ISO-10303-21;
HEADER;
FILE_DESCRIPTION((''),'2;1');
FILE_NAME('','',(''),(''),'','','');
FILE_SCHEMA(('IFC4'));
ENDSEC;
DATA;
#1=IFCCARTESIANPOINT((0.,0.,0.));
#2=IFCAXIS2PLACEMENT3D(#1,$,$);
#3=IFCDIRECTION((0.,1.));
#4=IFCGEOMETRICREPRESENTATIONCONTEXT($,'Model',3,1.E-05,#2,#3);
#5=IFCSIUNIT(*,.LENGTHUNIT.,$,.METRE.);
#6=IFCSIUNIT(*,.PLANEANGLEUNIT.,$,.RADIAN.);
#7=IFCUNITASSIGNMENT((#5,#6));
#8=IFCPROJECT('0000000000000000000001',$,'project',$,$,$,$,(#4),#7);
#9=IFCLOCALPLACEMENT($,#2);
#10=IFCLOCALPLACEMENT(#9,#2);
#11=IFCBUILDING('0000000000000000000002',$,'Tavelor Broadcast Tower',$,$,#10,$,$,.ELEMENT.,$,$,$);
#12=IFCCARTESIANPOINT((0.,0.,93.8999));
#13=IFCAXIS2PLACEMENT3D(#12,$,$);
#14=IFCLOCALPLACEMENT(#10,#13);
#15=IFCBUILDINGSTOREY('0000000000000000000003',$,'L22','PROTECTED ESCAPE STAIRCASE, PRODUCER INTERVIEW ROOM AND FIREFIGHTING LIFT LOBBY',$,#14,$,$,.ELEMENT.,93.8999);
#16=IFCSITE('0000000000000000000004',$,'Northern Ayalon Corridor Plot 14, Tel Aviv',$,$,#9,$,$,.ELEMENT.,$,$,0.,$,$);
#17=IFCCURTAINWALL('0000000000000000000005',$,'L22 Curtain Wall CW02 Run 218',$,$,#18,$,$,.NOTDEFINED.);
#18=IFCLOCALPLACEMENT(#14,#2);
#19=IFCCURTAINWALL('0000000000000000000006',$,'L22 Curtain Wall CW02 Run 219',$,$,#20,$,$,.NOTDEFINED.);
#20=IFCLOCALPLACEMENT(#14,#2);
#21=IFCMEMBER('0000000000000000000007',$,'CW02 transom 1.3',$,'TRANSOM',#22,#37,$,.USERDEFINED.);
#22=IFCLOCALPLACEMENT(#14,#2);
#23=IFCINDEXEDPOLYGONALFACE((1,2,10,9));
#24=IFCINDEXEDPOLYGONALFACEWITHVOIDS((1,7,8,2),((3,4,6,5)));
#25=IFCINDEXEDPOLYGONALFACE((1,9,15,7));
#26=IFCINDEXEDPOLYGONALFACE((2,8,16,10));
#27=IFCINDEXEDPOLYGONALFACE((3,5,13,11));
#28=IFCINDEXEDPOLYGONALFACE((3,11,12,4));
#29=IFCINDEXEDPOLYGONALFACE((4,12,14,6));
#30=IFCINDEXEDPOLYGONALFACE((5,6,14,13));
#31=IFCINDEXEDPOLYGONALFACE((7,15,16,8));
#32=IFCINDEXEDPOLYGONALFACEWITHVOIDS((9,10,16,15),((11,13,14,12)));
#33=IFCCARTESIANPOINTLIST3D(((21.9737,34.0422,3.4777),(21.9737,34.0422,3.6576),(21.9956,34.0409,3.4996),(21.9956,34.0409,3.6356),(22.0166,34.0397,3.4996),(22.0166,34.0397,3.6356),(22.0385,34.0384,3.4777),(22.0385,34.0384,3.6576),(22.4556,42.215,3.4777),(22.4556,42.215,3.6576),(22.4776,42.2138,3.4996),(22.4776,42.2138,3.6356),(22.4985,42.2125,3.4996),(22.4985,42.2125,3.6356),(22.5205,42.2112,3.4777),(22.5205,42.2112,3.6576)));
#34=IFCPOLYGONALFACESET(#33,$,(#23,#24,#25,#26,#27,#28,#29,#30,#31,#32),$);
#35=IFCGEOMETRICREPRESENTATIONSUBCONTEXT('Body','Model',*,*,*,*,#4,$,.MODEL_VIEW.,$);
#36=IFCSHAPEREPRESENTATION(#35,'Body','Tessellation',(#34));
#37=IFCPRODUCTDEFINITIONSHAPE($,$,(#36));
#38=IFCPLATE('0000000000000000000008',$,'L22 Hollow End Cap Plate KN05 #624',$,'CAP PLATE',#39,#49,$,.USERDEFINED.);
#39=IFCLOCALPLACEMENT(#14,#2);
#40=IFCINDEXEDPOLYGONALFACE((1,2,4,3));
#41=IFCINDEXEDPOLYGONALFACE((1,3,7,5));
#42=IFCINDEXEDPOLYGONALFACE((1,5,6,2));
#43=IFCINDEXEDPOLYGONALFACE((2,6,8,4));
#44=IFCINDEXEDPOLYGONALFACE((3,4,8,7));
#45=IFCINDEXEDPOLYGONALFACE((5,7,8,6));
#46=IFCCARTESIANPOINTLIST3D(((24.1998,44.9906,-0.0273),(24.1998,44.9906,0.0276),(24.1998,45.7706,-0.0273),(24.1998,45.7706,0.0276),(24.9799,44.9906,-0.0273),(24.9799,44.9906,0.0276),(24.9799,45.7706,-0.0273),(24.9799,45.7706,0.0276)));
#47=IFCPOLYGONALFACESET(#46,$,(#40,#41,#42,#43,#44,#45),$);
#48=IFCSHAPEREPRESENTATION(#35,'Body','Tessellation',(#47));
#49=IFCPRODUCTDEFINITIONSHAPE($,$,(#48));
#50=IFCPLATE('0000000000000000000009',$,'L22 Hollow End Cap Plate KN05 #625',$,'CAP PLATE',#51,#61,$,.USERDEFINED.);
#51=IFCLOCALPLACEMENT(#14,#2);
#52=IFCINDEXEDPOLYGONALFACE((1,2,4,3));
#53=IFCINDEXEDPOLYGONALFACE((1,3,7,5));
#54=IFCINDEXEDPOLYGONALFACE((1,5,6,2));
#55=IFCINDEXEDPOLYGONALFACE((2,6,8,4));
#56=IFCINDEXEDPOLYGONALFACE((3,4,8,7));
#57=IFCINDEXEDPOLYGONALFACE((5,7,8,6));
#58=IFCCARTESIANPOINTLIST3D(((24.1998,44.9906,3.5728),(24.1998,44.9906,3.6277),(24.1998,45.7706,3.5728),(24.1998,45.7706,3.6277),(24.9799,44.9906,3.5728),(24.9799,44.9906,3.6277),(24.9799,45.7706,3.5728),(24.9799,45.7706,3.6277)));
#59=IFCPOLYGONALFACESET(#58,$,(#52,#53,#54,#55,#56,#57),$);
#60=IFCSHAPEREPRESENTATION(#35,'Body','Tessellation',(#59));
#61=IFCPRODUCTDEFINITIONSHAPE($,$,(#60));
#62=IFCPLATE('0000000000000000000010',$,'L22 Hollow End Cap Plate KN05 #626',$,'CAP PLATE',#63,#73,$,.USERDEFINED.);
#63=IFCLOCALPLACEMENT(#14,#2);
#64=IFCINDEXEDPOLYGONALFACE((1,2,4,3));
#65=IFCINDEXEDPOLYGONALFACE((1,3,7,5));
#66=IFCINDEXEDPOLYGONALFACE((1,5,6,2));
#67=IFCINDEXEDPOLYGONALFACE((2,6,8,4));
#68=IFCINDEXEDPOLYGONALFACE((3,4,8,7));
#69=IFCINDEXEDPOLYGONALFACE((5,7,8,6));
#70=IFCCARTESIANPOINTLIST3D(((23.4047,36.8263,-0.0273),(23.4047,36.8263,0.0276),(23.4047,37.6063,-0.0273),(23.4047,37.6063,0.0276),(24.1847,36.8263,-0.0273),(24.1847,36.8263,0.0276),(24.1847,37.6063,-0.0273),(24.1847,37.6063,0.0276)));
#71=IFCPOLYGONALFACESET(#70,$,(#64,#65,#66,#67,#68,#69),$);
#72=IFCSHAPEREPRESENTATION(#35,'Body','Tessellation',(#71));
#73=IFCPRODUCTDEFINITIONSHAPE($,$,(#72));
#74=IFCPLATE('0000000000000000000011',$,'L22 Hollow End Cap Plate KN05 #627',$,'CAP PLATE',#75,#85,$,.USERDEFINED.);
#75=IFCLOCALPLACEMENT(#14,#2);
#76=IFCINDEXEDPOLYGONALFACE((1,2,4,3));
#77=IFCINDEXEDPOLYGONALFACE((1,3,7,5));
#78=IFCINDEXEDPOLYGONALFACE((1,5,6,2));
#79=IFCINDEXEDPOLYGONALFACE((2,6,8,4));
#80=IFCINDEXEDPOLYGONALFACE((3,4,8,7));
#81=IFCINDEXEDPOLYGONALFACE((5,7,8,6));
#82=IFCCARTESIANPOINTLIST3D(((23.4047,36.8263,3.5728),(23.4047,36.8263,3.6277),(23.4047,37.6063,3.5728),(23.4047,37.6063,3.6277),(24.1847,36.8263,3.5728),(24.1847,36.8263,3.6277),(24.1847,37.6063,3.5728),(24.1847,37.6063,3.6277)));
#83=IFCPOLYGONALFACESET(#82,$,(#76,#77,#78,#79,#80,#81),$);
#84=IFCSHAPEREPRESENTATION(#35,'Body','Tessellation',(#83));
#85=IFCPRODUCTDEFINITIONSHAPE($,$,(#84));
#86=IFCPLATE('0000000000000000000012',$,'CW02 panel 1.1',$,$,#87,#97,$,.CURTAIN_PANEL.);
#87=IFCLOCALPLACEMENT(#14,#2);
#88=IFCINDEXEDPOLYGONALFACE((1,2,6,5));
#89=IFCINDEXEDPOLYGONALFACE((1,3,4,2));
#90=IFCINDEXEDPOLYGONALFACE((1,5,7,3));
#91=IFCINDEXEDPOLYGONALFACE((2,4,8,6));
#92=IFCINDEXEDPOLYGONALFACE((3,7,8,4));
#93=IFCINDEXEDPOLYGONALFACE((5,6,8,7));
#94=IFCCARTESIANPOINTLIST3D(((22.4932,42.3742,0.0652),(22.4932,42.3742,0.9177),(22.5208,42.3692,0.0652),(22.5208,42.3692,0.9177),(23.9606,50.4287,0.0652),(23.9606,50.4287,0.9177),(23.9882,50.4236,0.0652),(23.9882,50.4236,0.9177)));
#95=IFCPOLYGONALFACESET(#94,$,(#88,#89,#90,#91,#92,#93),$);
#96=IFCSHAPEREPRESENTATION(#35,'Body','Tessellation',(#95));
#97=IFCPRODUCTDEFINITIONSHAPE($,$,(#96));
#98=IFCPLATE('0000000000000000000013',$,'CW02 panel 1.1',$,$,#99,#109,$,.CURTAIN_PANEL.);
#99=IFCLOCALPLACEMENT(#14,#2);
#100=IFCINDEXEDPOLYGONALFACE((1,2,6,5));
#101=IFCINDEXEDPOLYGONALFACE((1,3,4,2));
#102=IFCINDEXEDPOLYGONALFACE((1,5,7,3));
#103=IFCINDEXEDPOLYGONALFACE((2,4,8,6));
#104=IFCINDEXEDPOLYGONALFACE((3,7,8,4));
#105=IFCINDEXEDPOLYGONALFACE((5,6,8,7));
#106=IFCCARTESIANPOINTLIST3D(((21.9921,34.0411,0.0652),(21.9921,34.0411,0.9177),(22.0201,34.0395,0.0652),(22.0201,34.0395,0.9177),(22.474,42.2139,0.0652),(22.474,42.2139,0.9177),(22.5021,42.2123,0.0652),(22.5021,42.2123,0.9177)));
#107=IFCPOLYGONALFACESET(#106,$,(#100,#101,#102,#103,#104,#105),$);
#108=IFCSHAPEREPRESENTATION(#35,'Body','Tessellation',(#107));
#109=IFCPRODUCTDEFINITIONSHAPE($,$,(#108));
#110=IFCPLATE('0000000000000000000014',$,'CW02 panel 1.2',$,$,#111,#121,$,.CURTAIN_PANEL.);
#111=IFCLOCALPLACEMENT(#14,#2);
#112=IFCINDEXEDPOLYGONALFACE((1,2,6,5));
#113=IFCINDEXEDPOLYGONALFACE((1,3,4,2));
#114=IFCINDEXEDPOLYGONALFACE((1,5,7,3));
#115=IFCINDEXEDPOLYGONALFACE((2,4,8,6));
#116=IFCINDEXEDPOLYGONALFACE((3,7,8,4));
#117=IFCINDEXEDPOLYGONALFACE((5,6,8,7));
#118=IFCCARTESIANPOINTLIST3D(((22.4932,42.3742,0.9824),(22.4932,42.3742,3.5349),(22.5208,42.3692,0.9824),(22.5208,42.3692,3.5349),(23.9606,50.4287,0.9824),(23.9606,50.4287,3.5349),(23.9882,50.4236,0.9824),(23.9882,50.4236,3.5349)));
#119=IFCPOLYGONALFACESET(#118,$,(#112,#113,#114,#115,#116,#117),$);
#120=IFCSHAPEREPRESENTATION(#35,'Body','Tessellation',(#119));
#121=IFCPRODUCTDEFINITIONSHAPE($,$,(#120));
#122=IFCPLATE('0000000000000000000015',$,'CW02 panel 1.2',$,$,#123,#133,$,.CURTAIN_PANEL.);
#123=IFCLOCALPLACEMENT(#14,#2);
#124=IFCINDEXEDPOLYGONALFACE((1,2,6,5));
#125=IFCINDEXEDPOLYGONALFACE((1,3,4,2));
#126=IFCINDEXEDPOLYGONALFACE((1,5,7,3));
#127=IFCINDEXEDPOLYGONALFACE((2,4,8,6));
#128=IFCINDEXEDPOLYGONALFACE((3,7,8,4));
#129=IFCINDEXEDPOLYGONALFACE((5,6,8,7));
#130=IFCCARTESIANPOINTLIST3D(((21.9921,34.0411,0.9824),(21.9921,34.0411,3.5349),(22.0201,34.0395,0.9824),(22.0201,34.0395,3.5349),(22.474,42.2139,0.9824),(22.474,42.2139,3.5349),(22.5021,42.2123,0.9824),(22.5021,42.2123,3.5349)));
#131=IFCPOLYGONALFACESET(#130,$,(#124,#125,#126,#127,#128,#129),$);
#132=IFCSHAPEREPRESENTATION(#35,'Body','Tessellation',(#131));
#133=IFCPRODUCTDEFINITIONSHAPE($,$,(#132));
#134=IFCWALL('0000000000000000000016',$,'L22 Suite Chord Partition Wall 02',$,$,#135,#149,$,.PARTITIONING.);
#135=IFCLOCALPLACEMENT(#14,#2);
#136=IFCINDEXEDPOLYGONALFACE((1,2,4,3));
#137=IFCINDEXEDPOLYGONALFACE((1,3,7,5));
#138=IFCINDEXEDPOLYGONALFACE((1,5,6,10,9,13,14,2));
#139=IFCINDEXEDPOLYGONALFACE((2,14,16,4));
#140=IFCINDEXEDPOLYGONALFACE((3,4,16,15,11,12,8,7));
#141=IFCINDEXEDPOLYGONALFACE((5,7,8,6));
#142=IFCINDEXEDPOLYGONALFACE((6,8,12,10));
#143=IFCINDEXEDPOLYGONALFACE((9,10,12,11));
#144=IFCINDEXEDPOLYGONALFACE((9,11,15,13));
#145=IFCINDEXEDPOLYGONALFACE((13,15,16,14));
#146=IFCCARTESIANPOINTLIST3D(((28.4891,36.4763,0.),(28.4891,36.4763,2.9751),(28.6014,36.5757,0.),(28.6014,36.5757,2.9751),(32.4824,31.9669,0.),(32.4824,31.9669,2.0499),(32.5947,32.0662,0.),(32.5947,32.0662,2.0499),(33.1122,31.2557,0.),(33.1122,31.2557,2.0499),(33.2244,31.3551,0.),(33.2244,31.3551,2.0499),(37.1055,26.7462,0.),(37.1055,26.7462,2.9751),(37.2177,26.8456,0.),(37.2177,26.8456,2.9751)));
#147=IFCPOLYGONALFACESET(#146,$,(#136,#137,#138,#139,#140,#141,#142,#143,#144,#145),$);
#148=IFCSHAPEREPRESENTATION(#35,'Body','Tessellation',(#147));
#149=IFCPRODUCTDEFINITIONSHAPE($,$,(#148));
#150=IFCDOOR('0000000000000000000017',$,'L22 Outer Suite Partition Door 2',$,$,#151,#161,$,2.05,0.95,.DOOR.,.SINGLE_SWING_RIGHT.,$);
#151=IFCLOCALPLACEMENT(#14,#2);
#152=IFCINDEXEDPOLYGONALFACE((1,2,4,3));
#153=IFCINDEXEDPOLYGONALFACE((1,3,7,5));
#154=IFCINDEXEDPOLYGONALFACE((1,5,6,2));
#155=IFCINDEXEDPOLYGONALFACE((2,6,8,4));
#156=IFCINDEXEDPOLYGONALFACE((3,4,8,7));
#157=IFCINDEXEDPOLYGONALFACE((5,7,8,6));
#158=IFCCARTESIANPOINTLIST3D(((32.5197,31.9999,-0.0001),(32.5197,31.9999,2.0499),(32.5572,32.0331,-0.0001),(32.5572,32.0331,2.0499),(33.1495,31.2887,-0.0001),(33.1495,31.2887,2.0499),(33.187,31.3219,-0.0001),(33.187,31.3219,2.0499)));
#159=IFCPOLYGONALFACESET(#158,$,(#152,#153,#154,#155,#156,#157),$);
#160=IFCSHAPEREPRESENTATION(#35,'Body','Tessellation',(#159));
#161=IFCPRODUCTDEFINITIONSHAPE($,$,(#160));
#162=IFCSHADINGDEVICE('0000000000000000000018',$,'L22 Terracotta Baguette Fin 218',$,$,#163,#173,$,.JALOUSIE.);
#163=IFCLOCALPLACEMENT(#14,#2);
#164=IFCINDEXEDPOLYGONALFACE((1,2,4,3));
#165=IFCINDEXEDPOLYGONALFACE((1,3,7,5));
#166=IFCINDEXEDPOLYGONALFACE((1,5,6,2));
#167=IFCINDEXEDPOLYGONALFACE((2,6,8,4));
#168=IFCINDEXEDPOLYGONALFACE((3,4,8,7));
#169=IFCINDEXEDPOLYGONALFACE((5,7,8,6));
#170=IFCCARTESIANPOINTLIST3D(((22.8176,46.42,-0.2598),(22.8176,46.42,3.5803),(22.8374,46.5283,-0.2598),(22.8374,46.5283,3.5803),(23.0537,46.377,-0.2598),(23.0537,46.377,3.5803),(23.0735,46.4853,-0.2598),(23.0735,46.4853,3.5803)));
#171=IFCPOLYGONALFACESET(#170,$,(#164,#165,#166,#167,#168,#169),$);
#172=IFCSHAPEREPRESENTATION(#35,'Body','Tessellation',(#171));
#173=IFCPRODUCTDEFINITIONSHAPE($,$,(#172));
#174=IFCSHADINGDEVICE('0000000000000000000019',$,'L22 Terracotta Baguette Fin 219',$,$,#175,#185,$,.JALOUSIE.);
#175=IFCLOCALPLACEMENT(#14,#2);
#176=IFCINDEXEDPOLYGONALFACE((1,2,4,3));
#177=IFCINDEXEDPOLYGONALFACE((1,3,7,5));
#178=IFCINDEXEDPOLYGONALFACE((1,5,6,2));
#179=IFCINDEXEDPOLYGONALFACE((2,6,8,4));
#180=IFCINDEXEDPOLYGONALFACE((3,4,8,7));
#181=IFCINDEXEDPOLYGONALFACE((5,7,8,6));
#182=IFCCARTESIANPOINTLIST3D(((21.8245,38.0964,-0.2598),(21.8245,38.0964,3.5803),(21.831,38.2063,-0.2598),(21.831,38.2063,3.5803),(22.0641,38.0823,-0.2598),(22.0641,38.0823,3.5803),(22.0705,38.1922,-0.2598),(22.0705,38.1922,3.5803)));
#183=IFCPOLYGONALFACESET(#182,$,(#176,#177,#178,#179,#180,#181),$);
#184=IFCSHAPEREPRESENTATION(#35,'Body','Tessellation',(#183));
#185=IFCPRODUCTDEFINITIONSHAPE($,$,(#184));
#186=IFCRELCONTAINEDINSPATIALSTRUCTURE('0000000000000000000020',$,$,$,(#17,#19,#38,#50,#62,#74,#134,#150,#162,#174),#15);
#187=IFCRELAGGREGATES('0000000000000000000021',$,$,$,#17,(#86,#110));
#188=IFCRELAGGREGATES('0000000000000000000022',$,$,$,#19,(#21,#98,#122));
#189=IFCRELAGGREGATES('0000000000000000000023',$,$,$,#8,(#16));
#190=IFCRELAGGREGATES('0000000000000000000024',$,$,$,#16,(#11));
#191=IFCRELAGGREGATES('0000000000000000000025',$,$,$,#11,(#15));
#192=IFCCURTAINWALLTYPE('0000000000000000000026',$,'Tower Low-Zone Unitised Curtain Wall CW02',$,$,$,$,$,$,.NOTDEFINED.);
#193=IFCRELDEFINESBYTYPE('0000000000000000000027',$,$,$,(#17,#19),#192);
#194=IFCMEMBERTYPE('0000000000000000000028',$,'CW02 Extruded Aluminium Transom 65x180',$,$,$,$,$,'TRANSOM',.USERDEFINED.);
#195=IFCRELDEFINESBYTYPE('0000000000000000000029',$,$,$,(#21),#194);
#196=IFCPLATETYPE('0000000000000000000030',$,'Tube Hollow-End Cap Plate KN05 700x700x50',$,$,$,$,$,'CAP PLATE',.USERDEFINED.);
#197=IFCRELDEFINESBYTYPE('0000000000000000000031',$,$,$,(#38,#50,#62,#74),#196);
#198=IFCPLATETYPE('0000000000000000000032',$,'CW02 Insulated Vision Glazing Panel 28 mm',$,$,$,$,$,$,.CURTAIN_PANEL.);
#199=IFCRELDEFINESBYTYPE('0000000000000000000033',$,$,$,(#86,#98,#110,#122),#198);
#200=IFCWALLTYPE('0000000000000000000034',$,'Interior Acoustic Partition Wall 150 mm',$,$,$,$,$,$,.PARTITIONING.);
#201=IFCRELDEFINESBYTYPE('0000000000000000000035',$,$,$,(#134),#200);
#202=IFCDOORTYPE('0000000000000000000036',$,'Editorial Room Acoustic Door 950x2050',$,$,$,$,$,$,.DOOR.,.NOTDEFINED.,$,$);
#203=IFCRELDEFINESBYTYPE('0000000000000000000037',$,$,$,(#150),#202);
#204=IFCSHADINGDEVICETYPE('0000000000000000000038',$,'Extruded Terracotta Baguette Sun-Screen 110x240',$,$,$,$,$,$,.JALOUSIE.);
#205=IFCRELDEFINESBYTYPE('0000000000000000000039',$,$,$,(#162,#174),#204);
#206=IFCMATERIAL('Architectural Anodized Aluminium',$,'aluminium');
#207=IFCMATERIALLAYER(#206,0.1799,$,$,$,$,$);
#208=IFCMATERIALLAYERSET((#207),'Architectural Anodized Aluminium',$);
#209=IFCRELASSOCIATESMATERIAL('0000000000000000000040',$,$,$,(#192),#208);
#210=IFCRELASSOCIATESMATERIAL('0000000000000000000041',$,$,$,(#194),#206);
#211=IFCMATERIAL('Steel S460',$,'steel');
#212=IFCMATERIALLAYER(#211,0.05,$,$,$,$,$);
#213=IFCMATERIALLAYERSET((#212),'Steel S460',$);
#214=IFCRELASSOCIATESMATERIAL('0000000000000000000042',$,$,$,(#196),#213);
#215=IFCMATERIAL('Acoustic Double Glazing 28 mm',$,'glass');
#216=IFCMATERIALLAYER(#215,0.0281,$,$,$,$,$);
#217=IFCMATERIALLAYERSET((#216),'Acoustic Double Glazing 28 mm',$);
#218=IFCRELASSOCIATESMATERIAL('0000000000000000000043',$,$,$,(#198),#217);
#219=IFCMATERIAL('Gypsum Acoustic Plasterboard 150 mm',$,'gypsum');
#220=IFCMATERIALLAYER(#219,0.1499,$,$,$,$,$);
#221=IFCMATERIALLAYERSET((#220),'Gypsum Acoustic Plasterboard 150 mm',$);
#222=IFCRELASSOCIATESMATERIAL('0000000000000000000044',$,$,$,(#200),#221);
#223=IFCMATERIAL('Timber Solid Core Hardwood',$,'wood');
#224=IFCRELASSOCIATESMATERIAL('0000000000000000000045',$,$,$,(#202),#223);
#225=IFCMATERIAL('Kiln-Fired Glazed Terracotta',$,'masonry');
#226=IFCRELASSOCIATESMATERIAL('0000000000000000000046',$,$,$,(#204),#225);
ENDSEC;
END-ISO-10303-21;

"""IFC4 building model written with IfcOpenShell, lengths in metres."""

from ifc_helpers import new_model, si_unit, direction, frame, frame_2d, origin, origin_2d, place, context, subcontext, project, spatial, rectangle, hollow_rectangle, extrude, source, transform, mapped, material, layer, layer_set, material_profile, profile_set, type_object, type_shapes, element, fill, aggregate, save


model = new_model("IFC4")

# Units and contexts
model_context = context("Model", 3, precision=1e-05, world=origin(), true_north=direction((0.0, 1.0)))
body_context = subcontext(model_context, "Body", "Model", "MODEL_VIEW")
ifc_project = project(units=[si_unit("LENGTHUNIT", "METRE"), si_unit("PLANEANGLEUNIT", "RADIAN")], contexts=[model_context])

# Site, building, storey
site_placement = place(None, origin())
site = spatial("IfcSite", under=ifc_project, at=site_placement, Name="Northern Ayalon Corridor Plot 14, Tel Aviv", CompositionType="ELEMENT", RefElevation=0.0)
building_placement = place(site_placement, origin())
building = spatial("IfcBuilding", under=site, at=building_placement, Name="Tavelor Broadcast Tower", CompositionType="ELEMENT")
storey_placement = place(building_placement, frame((0.0, 0.0, 93.8999)))
storey = spatial("IfcBuildingStorey", under=building, at=storey_placement, Name="L22", Description="PROTECTED ESCAPE STAIRCASE, PRODUCER INTERVIEW ROOM AND FIREFIGHTING LIFT LOBBY", CompositionType="ELEMENT", Elevation=93.8999)

# Shared definitions
ifc_material_1 = material(Name="Steel S460", Category="steel")

# Curtain wall
ifc_material_2 = material(Name="Architectural Anodized Aluminium", Category="aluminium")
ifc_layer_1 = layer(ifc_material_2, 0.1799)
ifc_layer_set_1 = layer_set([ifc_layer_1], Name="Architectural Anodized Aluminium")
curtain_wall_type = type_object("IfcCurtainWallType", Name="Tower Low-Zone Unitised Curtain Wall CW02", PredefinedType="NOTDEFINED", material=ifc_layer_set_1)
curtain_wall_1_placement = place(storey_placement, origin())
curtain_wall_1 = element("IfcCurtainWall", 1, at=curtain_wall_1_placement, inside=storey, type_object=curtain_wall_type, Name="L22 Curtain Wall CW02 Run 218", PredefinedType="NOTDEFINED")

# Curtain wall
curtain_wall_2_placement = place(storey_placement, origin())
curtain_wall_2 = element("IfcCurtainWall", 2, at=curtain_wall_2_placement, inside=storey, type_object=curtain_wall_type, Name="L22 Curtain Wall CW02 Run 219", PredefinedType="NOTDEFINED")

# Member
ifc_material_profile_1 = material_profile(ifc_material_2, hollow_rectangle(XDim=0.0649, YDim=0.1799, WallThickness=0.022, at=origin_2d()), Name="RHS 65x180x22")
ifc_profile_set_1 = profile_set([ifc_material_profile_1], Name="Architectural Anodized Aluminium")
member_type_1 = type_object("IfcMemberType", Name="CW02 Extruded Aluminium Transom 65x180", ElementType="TRANSOM", PredefinedType="USERDEFINED", material=ifc_profile_set_1)
shared_shape_1 = source(origin(), body_context, "Body", "SweptSolid", [
    extrude(hollow_rectangle(XDim=0.0649, YDim=0.1799, WallThickness=0.022, at=origin_2d()), origin(), (0.0, 0.0, 1.0), 8.187),
])
type_shapes(member_type_1, [shared_shape_1])
member_1_placement = place(storey_placement, frame((22.488, 42.2131, 3.5676), z_axis=(-0.058865, -0.998266, 0.0), x_axis=(0.998266, -0.058865, 0.0)))
member_1 = element("IfcMember", 3, at=member_1_placement, type_object=member_type_1, Name="CW02 transom 1.3", ObjectType="TRANSOM", PredefinedType="USERDEFINED", context=body_context, shape_type="MappedRepresentation", body=[
    mapped(shared_shape_1, transform((0.0, 0.0, 0.0), scale=1.0)),
])

# Plates
ifc_layer_2 = layer(ifc_material_1, 0.05)
ifc_layer_set_2 = layer_set([ifc_layer_2], Name="Steel S460")
plate_type_1 = type_object("IfcPlateType", Name="Tube Hollow-End Cap Plate KN05 700x700x50", ElementType="CAP PLATE", PredefinedType="USERDEFINED", material=ifc_layer_set_2)
shared_shape_2 = source(origin(), body_context, "Body", "SweptSolid", [
    extrude(rectangle(XDim=0.78, YDim=0.78, at=origin_2d()), origin(), (0.0, 0.0, 1.0), 0.0549),
])
type_shapes(plate_type_1, [shared_shape_2])
for number, where, z_axis, x_axis, name in (
    (4, (24.5898, 45.3806, -0.0273), (0.0, 0.0, 1.0), (1.0, 0.0, 0.0), "L22 Hollow End Cap Plate KN05 #624"),
    (5, (24.5898, 45.3806, 3.5728), (0.0, 0.0, 1.0), (1.0, 0.0, 0.0), "L22 Hollow End Cap Plate KN05 #625"),
    (6, (23.7947, 37.2163, -0.0273), (0.0, 0.0, 1.0), (1.0, 0.0, 0.0), "L22 Hollow End Cap Plate KN05 #626"),
    (7, (23.7947, 37.2163, 3.5728), (0.0, 0.0, 1.0), (1.0, 0.0, 0.0), "L22 Hollow End Cap Plate KN05 #627"),
):
    element("IfcPlate", number, at=place(storey_placement, frame(where, z_axis=z_axis, x_axis=x_axis)), inside=storey, type_object=plate_type_1, Name=name, ObjectType="CAP PLATE", PredefinedType="USERDEFINED", context=body_context, shape_type="MappedRepresentation", body=[
        mapped(shared_shape_2, transform((0.0, 0.0, 0.0), scale=1.0)),
    ])

# Plates
ifc_material_3 = material(Name="Acoustic Double Glazing 28 mm", Category="glass")
ifc_layer_3 = layer(ifc_material_3, 0.0281)
ifc_layer_set_3 = layer_set([ifc_layer_3], Name="Acoustic Double Glazing 28 mm")
plate_type_2 = type_object("IfcPlateType", Name="CW02 Insulated Vision Glazing Panel 28 mm", PredefinedType="CURTAIN_PANEL", material=ifc_layer_set_3)
shared_shape_3 = source(origin(), body_context, "Body", "SweptSolid", [
    extrude(rectangle(XDim=8.187, YDim=0.0281, at=origin_2d()), origin(), (0.0, 0.0, 1.0), 0.8525),
])
plate_1_placement = place(storey_placement, frame((23.2407, 46.3989, 0.0652), z_axis=(0.0, 0.0, 1.0), x_axis=(-0.179236, -0.983806, 0.0)))
plate_1 = element("IfcPlate", 8, at=plate_1_placement, type_object=plate_type_2, Name="CW02 panel 1.1", PredefinedType="CURTAIN_PANEL", context=body_context, shape_type="MappedRepresentation", body=[
    mapped(shared_shape_3, transform((0.0, 0.0, 0.0), scale=1.0)),
])
plate_2_placement = place(storey_placement, frame((22.2471, 38.1267, 0.0652), z_axis=(0.0, 0.0, 1.0), x_axis=(-0.058867, -0.998266, 0.0)))
plate_2 = element("IfcPlate", 9, at=plate_2_placement, type_object=plate_type_2, Name="CW02 panel 1.1", PredefinedType="CURTAIN_PANEL", context=body_context, shape_type="MappedRepresentation", body=[
    mapped(shared_shape_3, transform((0.0, 0.0, 0.0), scale=1.0)),
])
shared_shape_4 = source(origin(), body_context, "Body", "SweptSolid", [
    extrude(rectangle(XDim=8.187, YDim=0.0281, at=origin_2d()), origin(), (0.0, 0.0, 1.0), 2.5525),
])
type_shapes(plate_type_2, [shared_shape_3, shared_shape_4])
plate_3_placement = place(storey_placement, frame((23.2407, 46.3989, 0.9824), z_axis=(0.0, 0.0, 1.0), x_axis=(-0.179236, -0.983806, 0.0)))
plate_3 = element("IfcPlate", 10, at=plate_3_placement, type_object=plate_type_2, Name="CW02 panel 1.2", PredefinedType="CURTAIN_PANEL", context=body_context, shape_type="MappedRepresentation", body=[
    mapped(shared_shape_4, transform((0.0, 0.0, 0.0), scale=1.0)),
])
aggregate(curtain_wall_1, [plate_1, plate_3])
plate_4_placement = place(storey_placement, frame((22.2471, 38.1267, 0.9824), z_axis=(0.0, 0.0, 1.0), x_axis=(-0.058867, -0.998266, 0.0)))
plate_4 = element("IfcPlate", 11, at=plate_4_placement, type_object=plate_type_2, Name="CW02 panel 1.2", PredefinedType="CURTAIN_PANEL", context=body_context, shape_type="MappedRepresentation", body=[
    mapped(shared_shape_4, transform((0.0, 0.0, 0.0), scale=1.0)),
])
aggregate(curtain_wall_2, [member_1, plate_2, plate_4])

# Wall, opening, door
ifc_material_4 = material(Name="Gypsum Acoustic Plasterboard 150 mm", Category="gypsum")
ifc_layer_4 = layer(ifc_material_4, 0.1499)
ifc_layer_set_4 = layer_set([ifc_layer_4], Name="Gypsum Acoustic Plasterboard 150 mm")
wall_type = type_object("IfcWallType", Name="Interior Acoustic Partition Wall 150 mm", PredefinedType="PARTITIONING", material=ifc_layer_set_4)
wall_placement = place(storey_placement, frame((28.5452, 36.5261, 0.0), z_axis=(0.0, 0.0, 1.0), x_axis=(0.66296, -0.748655, 0.0)))
wall = element("IfcWall", 12, at=wall_placement, inside=storey, type_object=wall_type, Name="L22 Suite Chord Partition Wall 02", PredefinedType="PARTITIONING", context=body_context, shape_type="SweptSolid", body=[
    extrude(rectangle(XDim=12.9968, YDim=0.1499, at=frame_2d((6.4985, 0.0))), origin(), (0.0, 0.0, 1.0), 2.9751),
])
opening_placement = place(wall_placement, frame((6.0234, 0.0, 0.0)))
opening = element("IfcOpeningElement", 13, at=opening_placement, cuts=wall, PredefinedType="OPENING", context=body_context, shape_type="SweptSolid", body=[
    extrude(rectangle(XDim=0.95, YDim=2.05, at=frame_2d((0.4751, 1.0249))), frame((0.0, 0.085, 0.0), z_axis=(0.0, -1.0, 0.0), x_axis=(1.0, 0.0, 0.0)), (0.0, 0.0, 1.0), 0.1699),
])
ifc_material_5 = material(Name="Timber Solid Core Hardwood", Category="wood")
door_type = type_object("IfcDoorType", Name="Editorial Room Acoustic Door 950x2050", OperationType="NOTDEFINED", PredefinedType="DOOR", material=ifc_material_5)
door_placement = place(opening_placement, origin())
door = element("IfcDoor", 14, at=door_placement, inside=storey, type_object=door_type, Name="L22 Outer Suite Partition Door 2", OperationType="SINGLE_SWING_RIGHT", OverallHeight=2.05, OverallWidth=0.95, PredefinedType="DOOR", context=body_context, shape_type="SweptSolid", body=[
    extrude(rectangle(XDim=0.95, YDim=2.05, at=frame_2d((0.4751, 1.0249))), frame((0.0, 0.0249, 0.0), z_axis=(0.0, -1.0, 0.0), x_axis=(1.0, 0.0, 0.0)), (0.0, 0.0, 1.0), 0.05),
])
fill(opening, door)

# Shading devices
ifc_material_6 = material(Name="Kiln-Fired Glazed Terracotta", Category="masonry")
shading_device_type = type_object("IfcShadingDeviceType", Name="Extruded Terracotta Baguette Sun-Screen 110x240", PredefinedType="JALOUSIE", material=ifc_material_6)
shared_shape_5 = source(origin(), body_context, "Body", "SweptSolid", [
    extrude(rectangle(XDim=0.1101, YDim=0.24, at=origin_2d()), origin(), (0.0, 0.0, 1.0), 3.8401),
])
type_shapes(shading_device_type, [shared_shape_5])
for number, where, z_axis, x_axis, name in (
    (15, (22.9456, 46.4526, -0.2598), (0.0, 0.0, 1.0), (-0.179317, -0.983791, 0.0), "L22 Terracotta Baguette Fin 218"),
    (16, (21.9475, 38.1443, -0.2598), (0.0, 0.0, 1.0), (-0.058784, -0.998271, 0.0), "L22 Terracotta Baguette Fin 219"),
):
    element("IfcShadingDevice", number, at=place(storey_placement, frame(where, z_axis=z_axis, x_axis=x_axis)), inside=storey, type_object=shading_device_type, Name=name, PredefinedType="JALOUSIE", context=body_context, shape_type="MappedRepresentation", body=[
        mapped(shared_shape_5, transform((0.0, 0.0, 0.0), scale=1.0)),
    ])

save(model, "model.ifc")
